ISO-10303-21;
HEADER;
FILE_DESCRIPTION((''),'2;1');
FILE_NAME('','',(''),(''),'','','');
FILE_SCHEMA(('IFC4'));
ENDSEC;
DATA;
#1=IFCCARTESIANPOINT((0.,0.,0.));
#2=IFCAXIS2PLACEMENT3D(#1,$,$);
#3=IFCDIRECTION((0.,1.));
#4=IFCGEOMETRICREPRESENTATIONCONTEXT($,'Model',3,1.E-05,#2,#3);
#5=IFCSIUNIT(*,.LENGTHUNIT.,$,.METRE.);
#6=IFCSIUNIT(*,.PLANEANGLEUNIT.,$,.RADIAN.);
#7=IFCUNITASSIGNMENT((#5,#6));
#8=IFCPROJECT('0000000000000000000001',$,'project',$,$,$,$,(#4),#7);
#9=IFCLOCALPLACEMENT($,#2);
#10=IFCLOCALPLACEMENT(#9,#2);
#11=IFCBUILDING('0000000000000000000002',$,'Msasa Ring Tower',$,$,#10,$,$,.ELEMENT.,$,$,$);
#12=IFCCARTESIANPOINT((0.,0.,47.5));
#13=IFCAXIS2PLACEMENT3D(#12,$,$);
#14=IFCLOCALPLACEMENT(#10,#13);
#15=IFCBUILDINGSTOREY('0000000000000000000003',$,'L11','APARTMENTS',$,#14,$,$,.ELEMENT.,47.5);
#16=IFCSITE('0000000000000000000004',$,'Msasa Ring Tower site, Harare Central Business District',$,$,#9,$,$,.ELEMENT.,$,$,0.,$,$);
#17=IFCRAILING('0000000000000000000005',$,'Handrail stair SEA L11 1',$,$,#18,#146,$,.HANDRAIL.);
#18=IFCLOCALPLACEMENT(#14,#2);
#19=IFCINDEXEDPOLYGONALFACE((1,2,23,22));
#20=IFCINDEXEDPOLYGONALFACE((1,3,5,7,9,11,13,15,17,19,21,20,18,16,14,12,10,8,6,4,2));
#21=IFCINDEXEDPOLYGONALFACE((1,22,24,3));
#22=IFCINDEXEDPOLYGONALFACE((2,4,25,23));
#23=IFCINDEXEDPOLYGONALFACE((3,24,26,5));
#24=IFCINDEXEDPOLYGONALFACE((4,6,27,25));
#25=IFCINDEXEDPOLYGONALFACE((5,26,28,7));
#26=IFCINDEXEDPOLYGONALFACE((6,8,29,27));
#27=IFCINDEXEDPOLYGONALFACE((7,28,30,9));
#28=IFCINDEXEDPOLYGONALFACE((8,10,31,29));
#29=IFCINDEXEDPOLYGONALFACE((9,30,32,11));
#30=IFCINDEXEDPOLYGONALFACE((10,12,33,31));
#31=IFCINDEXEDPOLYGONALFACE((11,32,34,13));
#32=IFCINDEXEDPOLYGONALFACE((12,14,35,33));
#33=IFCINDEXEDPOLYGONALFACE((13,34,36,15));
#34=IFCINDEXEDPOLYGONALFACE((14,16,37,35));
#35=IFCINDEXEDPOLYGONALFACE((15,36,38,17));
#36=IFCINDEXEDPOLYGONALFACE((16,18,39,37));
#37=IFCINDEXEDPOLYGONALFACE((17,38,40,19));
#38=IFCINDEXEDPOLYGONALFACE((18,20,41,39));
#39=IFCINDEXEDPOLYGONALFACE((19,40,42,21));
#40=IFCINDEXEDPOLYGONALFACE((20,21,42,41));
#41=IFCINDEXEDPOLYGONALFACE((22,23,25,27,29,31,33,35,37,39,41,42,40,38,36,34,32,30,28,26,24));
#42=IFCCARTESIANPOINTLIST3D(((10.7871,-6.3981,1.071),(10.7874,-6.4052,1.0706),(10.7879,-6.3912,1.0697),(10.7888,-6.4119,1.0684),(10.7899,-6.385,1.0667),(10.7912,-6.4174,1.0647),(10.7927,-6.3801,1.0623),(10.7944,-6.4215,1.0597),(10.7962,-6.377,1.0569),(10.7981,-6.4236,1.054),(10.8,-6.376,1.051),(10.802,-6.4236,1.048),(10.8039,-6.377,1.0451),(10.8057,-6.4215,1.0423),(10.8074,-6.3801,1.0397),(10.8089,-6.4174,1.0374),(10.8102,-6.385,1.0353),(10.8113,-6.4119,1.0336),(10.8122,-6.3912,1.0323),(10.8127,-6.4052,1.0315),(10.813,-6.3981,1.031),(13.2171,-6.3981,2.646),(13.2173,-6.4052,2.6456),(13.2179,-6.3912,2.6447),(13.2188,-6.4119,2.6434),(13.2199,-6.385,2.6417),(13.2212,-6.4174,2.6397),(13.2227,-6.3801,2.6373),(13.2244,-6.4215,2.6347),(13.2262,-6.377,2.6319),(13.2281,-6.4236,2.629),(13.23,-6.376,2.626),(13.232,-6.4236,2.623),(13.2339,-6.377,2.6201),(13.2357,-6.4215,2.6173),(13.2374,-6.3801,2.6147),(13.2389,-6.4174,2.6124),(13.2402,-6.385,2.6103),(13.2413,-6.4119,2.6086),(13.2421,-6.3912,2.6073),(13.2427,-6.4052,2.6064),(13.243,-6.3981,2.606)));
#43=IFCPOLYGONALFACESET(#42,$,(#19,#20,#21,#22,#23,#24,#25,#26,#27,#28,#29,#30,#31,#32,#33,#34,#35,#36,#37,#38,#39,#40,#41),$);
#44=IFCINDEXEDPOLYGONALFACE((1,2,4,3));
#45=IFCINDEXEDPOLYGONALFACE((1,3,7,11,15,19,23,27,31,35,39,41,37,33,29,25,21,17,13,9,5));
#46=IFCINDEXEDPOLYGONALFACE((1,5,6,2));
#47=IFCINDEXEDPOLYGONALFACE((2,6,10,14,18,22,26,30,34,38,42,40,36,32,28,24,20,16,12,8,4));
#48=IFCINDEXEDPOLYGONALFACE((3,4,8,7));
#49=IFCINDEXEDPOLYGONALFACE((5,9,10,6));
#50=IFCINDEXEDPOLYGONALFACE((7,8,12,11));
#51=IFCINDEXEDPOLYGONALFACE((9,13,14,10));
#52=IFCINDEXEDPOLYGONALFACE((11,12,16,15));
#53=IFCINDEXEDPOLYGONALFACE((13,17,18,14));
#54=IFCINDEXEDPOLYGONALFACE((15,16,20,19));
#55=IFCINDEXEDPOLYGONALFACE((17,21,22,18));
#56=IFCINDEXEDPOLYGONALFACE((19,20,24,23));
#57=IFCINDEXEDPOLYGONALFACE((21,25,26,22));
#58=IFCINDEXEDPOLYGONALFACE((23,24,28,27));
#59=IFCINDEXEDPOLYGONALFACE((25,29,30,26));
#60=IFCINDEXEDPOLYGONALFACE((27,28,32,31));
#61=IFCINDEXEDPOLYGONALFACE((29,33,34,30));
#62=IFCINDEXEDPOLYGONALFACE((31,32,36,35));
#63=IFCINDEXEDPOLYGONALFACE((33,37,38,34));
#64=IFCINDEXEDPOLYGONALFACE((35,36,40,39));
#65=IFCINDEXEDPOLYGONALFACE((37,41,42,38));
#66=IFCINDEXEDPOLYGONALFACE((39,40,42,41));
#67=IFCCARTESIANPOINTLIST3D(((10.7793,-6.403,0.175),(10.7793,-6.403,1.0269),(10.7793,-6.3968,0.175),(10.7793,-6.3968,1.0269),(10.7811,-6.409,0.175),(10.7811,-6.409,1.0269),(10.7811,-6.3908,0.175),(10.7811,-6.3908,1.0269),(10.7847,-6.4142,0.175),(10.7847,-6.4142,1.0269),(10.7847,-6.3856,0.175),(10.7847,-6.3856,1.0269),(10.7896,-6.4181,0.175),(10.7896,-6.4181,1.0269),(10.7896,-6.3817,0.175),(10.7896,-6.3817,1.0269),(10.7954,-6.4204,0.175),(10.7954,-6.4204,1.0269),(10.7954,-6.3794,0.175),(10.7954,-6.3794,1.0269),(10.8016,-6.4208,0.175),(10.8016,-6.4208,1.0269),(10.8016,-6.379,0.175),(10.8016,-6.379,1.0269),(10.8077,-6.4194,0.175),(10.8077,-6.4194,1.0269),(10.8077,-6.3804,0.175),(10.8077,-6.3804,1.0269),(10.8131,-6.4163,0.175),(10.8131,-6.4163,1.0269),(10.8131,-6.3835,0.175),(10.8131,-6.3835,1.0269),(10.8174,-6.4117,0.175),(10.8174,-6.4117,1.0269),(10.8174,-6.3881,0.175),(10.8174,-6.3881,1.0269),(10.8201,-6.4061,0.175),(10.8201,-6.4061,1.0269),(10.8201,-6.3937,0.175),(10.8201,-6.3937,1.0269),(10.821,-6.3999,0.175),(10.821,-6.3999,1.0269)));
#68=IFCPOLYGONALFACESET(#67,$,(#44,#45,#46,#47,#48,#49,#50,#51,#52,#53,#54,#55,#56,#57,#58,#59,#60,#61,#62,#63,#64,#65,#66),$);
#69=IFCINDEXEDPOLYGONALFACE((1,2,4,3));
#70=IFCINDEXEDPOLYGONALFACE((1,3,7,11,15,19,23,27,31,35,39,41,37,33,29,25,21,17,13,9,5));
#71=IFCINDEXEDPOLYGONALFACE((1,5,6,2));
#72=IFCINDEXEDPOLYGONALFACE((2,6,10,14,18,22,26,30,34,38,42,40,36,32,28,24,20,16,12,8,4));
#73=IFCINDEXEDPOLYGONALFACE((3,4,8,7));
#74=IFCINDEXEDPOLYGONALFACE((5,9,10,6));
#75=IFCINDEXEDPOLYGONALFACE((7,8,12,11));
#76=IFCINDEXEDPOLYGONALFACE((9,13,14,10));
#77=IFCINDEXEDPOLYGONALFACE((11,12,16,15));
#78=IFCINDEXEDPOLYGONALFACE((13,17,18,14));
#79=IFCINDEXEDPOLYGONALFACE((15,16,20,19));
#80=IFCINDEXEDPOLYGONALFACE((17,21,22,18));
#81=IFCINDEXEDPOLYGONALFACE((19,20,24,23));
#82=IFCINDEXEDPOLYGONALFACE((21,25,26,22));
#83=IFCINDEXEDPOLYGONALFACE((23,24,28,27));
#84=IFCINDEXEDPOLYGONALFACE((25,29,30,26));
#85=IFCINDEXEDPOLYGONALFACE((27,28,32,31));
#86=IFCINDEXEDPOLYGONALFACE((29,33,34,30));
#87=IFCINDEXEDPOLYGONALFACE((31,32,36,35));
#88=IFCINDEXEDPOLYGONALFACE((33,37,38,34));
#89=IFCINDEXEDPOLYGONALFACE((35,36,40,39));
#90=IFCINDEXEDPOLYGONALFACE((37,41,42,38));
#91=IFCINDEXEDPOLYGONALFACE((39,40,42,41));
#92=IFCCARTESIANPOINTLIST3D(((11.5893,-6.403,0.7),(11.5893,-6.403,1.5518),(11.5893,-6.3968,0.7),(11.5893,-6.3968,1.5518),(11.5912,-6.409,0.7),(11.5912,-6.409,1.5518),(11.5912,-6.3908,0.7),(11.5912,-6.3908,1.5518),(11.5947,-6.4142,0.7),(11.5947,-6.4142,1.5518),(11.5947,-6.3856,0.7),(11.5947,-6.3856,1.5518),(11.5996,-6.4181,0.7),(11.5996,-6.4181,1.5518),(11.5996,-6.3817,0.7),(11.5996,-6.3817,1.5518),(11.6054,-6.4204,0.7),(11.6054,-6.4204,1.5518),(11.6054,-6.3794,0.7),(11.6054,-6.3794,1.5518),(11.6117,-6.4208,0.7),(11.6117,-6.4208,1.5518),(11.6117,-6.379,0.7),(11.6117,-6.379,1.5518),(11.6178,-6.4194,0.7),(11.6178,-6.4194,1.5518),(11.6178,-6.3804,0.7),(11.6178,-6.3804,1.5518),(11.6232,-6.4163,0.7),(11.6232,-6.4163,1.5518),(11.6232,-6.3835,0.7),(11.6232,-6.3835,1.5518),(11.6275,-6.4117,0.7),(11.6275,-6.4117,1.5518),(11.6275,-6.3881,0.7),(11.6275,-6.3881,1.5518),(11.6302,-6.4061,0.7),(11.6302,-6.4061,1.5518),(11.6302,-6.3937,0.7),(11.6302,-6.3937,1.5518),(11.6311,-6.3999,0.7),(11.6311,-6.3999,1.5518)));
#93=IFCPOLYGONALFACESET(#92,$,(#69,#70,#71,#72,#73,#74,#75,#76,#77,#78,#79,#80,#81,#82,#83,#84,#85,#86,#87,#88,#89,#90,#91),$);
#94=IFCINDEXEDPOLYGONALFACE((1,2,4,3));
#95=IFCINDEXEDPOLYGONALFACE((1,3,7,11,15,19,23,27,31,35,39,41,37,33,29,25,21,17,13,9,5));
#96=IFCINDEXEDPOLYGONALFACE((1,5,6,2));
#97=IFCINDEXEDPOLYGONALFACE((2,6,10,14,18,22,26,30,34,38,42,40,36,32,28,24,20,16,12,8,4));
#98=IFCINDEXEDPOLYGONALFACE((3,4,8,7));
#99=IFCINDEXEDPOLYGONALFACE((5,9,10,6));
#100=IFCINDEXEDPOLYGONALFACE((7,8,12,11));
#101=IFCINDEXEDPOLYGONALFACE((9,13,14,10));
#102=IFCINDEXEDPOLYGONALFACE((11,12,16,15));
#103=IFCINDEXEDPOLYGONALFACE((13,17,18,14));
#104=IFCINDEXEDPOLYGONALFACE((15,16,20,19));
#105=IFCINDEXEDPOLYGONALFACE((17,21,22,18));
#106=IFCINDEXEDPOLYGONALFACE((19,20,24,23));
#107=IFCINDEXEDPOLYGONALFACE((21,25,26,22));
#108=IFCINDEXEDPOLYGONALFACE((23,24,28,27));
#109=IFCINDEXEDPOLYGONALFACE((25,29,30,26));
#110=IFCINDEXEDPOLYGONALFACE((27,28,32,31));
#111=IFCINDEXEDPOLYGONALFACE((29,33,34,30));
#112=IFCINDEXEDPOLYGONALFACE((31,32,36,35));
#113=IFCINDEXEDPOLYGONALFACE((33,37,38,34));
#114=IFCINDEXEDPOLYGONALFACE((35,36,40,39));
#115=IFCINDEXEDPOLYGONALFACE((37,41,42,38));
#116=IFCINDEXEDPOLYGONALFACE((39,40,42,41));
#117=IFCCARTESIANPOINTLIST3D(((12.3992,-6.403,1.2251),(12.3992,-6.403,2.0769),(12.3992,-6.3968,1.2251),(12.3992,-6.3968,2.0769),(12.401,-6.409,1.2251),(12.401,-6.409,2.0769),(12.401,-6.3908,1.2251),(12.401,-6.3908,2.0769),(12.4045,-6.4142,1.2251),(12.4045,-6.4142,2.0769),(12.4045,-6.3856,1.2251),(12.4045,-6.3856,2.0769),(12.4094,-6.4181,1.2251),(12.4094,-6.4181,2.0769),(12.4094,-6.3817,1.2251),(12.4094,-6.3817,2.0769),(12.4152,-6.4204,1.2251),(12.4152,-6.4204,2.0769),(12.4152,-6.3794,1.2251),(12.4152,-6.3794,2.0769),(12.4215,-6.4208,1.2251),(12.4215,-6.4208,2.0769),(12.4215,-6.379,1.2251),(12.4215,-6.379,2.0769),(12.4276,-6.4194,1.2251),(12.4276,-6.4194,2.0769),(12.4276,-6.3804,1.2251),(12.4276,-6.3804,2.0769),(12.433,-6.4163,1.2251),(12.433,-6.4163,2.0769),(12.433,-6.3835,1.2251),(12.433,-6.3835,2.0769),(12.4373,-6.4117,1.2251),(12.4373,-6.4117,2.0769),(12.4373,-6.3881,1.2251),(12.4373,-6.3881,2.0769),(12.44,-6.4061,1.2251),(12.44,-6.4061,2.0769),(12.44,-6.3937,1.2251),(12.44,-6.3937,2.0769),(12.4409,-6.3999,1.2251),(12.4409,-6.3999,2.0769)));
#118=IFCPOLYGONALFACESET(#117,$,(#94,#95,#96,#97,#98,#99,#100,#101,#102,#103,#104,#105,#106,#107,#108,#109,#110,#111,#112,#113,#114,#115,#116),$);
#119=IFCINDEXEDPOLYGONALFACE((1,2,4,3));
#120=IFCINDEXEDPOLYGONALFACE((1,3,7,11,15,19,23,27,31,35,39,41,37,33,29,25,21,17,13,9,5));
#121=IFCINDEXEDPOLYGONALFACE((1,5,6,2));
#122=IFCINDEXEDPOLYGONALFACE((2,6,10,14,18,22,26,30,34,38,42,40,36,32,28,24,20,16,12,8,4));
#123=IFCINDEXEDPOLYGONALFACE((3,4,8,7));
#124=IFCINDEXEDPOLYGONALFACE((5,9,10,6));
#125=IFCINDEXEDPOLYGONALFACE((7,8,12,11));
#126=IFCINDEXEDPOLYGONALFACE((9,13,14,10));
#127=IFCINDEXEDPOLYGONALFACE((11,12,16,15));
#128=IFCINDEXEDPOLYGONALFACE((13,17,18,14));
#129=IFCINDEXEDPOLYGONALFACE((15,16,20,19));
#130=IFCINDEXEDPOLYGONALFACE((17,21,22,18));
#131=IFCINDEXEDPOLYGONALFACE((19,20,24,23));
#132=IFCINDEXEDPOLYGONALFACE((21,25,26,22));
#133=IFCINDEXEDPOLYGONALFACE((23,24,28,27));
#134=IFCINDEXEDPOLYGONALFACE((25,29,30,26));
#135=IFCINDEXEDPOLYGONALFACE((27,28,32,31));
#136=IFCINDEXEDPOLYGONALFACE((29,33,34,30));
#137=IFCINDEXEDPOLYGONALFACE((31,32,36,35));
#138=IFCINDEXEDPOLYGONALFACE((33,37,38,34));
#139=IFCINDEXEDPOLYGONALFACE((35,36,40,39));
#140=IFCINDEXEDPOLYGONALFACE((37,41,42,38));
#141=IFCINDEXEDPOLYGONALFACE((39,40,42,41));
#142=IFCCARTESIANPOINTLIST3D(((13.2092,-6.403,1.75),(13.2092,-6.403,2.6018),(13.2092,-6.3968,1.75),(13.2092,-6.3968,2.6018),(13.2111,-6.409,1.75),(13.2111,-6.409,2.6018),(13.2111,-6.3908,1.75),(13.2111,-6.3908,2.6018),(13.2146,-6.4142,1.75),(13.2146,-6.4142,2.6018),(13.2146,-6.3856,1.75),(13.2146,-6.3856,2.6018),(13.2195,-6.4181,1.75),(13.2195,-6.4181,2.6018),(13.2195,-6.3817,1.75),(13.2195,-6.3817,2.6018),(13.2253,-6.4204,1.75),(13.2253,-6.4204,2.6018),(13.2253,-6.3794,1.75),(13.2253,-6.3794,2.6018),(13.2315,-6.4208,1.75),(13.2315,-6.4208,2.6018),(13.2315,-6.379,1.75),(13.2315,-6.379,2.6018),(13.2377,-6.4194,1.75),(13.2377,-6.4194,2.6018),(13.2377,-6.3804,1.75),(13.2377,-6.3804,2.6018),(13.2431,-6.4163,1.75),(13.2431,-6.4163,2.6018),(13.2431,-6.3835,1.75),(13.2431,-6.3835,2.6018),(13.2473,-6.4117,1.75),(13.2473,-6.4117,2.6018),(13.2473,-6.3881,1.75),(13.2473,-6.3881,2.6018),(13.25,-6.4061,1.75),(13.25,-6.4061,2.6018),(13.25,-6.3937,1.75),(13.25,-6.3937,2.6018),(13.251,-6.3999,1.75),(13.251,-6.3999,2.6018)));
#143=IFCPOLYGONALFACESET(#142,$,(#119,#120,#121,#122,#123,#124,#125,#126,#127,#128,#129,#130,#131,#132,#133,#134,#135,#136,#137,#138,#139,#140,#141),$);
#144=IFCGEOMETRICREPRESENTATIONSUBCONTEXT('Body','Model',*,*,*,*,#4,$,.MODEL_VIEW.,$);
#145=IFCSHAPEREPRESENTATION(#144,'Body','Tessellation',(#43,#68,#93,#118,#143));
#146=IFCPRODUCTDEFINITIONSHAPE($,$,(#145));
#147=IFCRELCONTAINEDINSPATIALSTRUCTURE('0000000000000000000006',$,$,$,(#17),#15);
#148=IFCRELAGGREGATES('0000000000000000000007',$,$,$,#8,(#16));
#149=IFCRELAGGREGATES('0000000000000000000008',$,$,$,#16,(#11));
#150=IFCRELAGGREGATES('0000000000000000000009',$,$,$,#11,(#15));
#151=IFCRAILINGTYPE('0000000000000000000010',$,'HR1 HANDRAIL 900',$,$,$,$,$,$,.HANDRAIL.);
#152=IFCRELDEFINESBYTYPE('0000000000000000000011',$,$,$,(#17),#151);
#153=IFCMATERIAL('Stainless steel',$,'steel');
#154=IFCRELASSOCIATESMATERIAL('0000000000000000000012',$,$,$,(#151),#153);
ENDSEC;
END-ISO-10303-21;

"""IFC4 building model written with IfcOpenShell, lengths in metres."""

from ifc_helpers import new_model, si_unit, direction, frame, origin, origin_2d, place, context, subcontext, project, spatial, circle, extrude, material, type_object, element, save


model = new_model("IFC4")

# Units and contexts
model_context = context("Model", 3, precision=1e-05, world=origin(), true_north=direction((0.0, 1.0)))
body_context = subcontext(model_context, "Body", "Model", "MODEL_VIEW")
ifc_project = project(units=[si_unit("LENGTHUNIT", "METRE"), si_unit("PLANEANGLEUNIT", "RADIAN")], contexts=[model_context])

# Site, building, storey
site_placement = place(None, origin())
site = spatial("IfcSite", under=ifc_project, at=site_placement, Name="Msasa Ring Tower site, Harare Central Business District", CompositionType="ELEMENT", RefElevation=0.0)
building_placement = place(site_placement, origin())
building = spatial("IfcBuilding", under=site, at=building_placement, Name="Msasa Ring Tower", CompositionType="ELEMENT")
storey_placement = place(building_placement, frame((0.0, 0.0, 47.5)))
storey = spatial("IfcBuildingStorey", under=building, at=storey_placement, Name="L11", Description="APARTMENTS", CompositionType="ELEMENT", Elevation=47.5)

# Railing
ifc_material_1 = material(Name="Stainless steel", Category="steel")
railing_type = type_object("IfcRailingType", Name="HR1 HANDRAIL 900", PredefinedType="HANDRAIL", material=ifc_material_1)
for number, where, name in (
    (1, (10.8, -6.3999, 0.175), "Handrail stair SEA L11 1"),
):
    element("IfcRailing", number, at=place(storey_placement, frame(where)), inside=storey, type_object=railing_type, Name=name, PredefinedType="HANDRAIL", context=body_context, shape_type="SweptSolid", body=[
        extrude(circle(Radius=0.0239, at=origin_2d()), frame((0.0, 0.0, 0.876), z_axis=(0.839154, 0.0, 0.543894), x_axis=(0.0, 1.0, 0.0)), (0.0, 0.0, 1.0), 2.8958),
        extrude(circle(Radius=0.021, at=origin_2d()), origin(), (0.0, 0.0, 1.0), 0.8518),
        extrude(circle(Radius=0.021, at=origin_2d()), frame((0.8101, 0.0, 0.5249)), (0.0, 0.0, 1.0), 0.8518),
        extrude(circle(Radius=0.021, at=origin_2d()), frame((1.6199, 0.0, 1.05)), (0.0, 0.0, 1.0), 0.8518),
        extrude(circle(Radius=0.021, at=origin_2d()), frame((2.4299, 0.0, 1.575)), (0.0, 0.0, 1.0), 0.8518),
    ])

save(model, "model.ifc")
